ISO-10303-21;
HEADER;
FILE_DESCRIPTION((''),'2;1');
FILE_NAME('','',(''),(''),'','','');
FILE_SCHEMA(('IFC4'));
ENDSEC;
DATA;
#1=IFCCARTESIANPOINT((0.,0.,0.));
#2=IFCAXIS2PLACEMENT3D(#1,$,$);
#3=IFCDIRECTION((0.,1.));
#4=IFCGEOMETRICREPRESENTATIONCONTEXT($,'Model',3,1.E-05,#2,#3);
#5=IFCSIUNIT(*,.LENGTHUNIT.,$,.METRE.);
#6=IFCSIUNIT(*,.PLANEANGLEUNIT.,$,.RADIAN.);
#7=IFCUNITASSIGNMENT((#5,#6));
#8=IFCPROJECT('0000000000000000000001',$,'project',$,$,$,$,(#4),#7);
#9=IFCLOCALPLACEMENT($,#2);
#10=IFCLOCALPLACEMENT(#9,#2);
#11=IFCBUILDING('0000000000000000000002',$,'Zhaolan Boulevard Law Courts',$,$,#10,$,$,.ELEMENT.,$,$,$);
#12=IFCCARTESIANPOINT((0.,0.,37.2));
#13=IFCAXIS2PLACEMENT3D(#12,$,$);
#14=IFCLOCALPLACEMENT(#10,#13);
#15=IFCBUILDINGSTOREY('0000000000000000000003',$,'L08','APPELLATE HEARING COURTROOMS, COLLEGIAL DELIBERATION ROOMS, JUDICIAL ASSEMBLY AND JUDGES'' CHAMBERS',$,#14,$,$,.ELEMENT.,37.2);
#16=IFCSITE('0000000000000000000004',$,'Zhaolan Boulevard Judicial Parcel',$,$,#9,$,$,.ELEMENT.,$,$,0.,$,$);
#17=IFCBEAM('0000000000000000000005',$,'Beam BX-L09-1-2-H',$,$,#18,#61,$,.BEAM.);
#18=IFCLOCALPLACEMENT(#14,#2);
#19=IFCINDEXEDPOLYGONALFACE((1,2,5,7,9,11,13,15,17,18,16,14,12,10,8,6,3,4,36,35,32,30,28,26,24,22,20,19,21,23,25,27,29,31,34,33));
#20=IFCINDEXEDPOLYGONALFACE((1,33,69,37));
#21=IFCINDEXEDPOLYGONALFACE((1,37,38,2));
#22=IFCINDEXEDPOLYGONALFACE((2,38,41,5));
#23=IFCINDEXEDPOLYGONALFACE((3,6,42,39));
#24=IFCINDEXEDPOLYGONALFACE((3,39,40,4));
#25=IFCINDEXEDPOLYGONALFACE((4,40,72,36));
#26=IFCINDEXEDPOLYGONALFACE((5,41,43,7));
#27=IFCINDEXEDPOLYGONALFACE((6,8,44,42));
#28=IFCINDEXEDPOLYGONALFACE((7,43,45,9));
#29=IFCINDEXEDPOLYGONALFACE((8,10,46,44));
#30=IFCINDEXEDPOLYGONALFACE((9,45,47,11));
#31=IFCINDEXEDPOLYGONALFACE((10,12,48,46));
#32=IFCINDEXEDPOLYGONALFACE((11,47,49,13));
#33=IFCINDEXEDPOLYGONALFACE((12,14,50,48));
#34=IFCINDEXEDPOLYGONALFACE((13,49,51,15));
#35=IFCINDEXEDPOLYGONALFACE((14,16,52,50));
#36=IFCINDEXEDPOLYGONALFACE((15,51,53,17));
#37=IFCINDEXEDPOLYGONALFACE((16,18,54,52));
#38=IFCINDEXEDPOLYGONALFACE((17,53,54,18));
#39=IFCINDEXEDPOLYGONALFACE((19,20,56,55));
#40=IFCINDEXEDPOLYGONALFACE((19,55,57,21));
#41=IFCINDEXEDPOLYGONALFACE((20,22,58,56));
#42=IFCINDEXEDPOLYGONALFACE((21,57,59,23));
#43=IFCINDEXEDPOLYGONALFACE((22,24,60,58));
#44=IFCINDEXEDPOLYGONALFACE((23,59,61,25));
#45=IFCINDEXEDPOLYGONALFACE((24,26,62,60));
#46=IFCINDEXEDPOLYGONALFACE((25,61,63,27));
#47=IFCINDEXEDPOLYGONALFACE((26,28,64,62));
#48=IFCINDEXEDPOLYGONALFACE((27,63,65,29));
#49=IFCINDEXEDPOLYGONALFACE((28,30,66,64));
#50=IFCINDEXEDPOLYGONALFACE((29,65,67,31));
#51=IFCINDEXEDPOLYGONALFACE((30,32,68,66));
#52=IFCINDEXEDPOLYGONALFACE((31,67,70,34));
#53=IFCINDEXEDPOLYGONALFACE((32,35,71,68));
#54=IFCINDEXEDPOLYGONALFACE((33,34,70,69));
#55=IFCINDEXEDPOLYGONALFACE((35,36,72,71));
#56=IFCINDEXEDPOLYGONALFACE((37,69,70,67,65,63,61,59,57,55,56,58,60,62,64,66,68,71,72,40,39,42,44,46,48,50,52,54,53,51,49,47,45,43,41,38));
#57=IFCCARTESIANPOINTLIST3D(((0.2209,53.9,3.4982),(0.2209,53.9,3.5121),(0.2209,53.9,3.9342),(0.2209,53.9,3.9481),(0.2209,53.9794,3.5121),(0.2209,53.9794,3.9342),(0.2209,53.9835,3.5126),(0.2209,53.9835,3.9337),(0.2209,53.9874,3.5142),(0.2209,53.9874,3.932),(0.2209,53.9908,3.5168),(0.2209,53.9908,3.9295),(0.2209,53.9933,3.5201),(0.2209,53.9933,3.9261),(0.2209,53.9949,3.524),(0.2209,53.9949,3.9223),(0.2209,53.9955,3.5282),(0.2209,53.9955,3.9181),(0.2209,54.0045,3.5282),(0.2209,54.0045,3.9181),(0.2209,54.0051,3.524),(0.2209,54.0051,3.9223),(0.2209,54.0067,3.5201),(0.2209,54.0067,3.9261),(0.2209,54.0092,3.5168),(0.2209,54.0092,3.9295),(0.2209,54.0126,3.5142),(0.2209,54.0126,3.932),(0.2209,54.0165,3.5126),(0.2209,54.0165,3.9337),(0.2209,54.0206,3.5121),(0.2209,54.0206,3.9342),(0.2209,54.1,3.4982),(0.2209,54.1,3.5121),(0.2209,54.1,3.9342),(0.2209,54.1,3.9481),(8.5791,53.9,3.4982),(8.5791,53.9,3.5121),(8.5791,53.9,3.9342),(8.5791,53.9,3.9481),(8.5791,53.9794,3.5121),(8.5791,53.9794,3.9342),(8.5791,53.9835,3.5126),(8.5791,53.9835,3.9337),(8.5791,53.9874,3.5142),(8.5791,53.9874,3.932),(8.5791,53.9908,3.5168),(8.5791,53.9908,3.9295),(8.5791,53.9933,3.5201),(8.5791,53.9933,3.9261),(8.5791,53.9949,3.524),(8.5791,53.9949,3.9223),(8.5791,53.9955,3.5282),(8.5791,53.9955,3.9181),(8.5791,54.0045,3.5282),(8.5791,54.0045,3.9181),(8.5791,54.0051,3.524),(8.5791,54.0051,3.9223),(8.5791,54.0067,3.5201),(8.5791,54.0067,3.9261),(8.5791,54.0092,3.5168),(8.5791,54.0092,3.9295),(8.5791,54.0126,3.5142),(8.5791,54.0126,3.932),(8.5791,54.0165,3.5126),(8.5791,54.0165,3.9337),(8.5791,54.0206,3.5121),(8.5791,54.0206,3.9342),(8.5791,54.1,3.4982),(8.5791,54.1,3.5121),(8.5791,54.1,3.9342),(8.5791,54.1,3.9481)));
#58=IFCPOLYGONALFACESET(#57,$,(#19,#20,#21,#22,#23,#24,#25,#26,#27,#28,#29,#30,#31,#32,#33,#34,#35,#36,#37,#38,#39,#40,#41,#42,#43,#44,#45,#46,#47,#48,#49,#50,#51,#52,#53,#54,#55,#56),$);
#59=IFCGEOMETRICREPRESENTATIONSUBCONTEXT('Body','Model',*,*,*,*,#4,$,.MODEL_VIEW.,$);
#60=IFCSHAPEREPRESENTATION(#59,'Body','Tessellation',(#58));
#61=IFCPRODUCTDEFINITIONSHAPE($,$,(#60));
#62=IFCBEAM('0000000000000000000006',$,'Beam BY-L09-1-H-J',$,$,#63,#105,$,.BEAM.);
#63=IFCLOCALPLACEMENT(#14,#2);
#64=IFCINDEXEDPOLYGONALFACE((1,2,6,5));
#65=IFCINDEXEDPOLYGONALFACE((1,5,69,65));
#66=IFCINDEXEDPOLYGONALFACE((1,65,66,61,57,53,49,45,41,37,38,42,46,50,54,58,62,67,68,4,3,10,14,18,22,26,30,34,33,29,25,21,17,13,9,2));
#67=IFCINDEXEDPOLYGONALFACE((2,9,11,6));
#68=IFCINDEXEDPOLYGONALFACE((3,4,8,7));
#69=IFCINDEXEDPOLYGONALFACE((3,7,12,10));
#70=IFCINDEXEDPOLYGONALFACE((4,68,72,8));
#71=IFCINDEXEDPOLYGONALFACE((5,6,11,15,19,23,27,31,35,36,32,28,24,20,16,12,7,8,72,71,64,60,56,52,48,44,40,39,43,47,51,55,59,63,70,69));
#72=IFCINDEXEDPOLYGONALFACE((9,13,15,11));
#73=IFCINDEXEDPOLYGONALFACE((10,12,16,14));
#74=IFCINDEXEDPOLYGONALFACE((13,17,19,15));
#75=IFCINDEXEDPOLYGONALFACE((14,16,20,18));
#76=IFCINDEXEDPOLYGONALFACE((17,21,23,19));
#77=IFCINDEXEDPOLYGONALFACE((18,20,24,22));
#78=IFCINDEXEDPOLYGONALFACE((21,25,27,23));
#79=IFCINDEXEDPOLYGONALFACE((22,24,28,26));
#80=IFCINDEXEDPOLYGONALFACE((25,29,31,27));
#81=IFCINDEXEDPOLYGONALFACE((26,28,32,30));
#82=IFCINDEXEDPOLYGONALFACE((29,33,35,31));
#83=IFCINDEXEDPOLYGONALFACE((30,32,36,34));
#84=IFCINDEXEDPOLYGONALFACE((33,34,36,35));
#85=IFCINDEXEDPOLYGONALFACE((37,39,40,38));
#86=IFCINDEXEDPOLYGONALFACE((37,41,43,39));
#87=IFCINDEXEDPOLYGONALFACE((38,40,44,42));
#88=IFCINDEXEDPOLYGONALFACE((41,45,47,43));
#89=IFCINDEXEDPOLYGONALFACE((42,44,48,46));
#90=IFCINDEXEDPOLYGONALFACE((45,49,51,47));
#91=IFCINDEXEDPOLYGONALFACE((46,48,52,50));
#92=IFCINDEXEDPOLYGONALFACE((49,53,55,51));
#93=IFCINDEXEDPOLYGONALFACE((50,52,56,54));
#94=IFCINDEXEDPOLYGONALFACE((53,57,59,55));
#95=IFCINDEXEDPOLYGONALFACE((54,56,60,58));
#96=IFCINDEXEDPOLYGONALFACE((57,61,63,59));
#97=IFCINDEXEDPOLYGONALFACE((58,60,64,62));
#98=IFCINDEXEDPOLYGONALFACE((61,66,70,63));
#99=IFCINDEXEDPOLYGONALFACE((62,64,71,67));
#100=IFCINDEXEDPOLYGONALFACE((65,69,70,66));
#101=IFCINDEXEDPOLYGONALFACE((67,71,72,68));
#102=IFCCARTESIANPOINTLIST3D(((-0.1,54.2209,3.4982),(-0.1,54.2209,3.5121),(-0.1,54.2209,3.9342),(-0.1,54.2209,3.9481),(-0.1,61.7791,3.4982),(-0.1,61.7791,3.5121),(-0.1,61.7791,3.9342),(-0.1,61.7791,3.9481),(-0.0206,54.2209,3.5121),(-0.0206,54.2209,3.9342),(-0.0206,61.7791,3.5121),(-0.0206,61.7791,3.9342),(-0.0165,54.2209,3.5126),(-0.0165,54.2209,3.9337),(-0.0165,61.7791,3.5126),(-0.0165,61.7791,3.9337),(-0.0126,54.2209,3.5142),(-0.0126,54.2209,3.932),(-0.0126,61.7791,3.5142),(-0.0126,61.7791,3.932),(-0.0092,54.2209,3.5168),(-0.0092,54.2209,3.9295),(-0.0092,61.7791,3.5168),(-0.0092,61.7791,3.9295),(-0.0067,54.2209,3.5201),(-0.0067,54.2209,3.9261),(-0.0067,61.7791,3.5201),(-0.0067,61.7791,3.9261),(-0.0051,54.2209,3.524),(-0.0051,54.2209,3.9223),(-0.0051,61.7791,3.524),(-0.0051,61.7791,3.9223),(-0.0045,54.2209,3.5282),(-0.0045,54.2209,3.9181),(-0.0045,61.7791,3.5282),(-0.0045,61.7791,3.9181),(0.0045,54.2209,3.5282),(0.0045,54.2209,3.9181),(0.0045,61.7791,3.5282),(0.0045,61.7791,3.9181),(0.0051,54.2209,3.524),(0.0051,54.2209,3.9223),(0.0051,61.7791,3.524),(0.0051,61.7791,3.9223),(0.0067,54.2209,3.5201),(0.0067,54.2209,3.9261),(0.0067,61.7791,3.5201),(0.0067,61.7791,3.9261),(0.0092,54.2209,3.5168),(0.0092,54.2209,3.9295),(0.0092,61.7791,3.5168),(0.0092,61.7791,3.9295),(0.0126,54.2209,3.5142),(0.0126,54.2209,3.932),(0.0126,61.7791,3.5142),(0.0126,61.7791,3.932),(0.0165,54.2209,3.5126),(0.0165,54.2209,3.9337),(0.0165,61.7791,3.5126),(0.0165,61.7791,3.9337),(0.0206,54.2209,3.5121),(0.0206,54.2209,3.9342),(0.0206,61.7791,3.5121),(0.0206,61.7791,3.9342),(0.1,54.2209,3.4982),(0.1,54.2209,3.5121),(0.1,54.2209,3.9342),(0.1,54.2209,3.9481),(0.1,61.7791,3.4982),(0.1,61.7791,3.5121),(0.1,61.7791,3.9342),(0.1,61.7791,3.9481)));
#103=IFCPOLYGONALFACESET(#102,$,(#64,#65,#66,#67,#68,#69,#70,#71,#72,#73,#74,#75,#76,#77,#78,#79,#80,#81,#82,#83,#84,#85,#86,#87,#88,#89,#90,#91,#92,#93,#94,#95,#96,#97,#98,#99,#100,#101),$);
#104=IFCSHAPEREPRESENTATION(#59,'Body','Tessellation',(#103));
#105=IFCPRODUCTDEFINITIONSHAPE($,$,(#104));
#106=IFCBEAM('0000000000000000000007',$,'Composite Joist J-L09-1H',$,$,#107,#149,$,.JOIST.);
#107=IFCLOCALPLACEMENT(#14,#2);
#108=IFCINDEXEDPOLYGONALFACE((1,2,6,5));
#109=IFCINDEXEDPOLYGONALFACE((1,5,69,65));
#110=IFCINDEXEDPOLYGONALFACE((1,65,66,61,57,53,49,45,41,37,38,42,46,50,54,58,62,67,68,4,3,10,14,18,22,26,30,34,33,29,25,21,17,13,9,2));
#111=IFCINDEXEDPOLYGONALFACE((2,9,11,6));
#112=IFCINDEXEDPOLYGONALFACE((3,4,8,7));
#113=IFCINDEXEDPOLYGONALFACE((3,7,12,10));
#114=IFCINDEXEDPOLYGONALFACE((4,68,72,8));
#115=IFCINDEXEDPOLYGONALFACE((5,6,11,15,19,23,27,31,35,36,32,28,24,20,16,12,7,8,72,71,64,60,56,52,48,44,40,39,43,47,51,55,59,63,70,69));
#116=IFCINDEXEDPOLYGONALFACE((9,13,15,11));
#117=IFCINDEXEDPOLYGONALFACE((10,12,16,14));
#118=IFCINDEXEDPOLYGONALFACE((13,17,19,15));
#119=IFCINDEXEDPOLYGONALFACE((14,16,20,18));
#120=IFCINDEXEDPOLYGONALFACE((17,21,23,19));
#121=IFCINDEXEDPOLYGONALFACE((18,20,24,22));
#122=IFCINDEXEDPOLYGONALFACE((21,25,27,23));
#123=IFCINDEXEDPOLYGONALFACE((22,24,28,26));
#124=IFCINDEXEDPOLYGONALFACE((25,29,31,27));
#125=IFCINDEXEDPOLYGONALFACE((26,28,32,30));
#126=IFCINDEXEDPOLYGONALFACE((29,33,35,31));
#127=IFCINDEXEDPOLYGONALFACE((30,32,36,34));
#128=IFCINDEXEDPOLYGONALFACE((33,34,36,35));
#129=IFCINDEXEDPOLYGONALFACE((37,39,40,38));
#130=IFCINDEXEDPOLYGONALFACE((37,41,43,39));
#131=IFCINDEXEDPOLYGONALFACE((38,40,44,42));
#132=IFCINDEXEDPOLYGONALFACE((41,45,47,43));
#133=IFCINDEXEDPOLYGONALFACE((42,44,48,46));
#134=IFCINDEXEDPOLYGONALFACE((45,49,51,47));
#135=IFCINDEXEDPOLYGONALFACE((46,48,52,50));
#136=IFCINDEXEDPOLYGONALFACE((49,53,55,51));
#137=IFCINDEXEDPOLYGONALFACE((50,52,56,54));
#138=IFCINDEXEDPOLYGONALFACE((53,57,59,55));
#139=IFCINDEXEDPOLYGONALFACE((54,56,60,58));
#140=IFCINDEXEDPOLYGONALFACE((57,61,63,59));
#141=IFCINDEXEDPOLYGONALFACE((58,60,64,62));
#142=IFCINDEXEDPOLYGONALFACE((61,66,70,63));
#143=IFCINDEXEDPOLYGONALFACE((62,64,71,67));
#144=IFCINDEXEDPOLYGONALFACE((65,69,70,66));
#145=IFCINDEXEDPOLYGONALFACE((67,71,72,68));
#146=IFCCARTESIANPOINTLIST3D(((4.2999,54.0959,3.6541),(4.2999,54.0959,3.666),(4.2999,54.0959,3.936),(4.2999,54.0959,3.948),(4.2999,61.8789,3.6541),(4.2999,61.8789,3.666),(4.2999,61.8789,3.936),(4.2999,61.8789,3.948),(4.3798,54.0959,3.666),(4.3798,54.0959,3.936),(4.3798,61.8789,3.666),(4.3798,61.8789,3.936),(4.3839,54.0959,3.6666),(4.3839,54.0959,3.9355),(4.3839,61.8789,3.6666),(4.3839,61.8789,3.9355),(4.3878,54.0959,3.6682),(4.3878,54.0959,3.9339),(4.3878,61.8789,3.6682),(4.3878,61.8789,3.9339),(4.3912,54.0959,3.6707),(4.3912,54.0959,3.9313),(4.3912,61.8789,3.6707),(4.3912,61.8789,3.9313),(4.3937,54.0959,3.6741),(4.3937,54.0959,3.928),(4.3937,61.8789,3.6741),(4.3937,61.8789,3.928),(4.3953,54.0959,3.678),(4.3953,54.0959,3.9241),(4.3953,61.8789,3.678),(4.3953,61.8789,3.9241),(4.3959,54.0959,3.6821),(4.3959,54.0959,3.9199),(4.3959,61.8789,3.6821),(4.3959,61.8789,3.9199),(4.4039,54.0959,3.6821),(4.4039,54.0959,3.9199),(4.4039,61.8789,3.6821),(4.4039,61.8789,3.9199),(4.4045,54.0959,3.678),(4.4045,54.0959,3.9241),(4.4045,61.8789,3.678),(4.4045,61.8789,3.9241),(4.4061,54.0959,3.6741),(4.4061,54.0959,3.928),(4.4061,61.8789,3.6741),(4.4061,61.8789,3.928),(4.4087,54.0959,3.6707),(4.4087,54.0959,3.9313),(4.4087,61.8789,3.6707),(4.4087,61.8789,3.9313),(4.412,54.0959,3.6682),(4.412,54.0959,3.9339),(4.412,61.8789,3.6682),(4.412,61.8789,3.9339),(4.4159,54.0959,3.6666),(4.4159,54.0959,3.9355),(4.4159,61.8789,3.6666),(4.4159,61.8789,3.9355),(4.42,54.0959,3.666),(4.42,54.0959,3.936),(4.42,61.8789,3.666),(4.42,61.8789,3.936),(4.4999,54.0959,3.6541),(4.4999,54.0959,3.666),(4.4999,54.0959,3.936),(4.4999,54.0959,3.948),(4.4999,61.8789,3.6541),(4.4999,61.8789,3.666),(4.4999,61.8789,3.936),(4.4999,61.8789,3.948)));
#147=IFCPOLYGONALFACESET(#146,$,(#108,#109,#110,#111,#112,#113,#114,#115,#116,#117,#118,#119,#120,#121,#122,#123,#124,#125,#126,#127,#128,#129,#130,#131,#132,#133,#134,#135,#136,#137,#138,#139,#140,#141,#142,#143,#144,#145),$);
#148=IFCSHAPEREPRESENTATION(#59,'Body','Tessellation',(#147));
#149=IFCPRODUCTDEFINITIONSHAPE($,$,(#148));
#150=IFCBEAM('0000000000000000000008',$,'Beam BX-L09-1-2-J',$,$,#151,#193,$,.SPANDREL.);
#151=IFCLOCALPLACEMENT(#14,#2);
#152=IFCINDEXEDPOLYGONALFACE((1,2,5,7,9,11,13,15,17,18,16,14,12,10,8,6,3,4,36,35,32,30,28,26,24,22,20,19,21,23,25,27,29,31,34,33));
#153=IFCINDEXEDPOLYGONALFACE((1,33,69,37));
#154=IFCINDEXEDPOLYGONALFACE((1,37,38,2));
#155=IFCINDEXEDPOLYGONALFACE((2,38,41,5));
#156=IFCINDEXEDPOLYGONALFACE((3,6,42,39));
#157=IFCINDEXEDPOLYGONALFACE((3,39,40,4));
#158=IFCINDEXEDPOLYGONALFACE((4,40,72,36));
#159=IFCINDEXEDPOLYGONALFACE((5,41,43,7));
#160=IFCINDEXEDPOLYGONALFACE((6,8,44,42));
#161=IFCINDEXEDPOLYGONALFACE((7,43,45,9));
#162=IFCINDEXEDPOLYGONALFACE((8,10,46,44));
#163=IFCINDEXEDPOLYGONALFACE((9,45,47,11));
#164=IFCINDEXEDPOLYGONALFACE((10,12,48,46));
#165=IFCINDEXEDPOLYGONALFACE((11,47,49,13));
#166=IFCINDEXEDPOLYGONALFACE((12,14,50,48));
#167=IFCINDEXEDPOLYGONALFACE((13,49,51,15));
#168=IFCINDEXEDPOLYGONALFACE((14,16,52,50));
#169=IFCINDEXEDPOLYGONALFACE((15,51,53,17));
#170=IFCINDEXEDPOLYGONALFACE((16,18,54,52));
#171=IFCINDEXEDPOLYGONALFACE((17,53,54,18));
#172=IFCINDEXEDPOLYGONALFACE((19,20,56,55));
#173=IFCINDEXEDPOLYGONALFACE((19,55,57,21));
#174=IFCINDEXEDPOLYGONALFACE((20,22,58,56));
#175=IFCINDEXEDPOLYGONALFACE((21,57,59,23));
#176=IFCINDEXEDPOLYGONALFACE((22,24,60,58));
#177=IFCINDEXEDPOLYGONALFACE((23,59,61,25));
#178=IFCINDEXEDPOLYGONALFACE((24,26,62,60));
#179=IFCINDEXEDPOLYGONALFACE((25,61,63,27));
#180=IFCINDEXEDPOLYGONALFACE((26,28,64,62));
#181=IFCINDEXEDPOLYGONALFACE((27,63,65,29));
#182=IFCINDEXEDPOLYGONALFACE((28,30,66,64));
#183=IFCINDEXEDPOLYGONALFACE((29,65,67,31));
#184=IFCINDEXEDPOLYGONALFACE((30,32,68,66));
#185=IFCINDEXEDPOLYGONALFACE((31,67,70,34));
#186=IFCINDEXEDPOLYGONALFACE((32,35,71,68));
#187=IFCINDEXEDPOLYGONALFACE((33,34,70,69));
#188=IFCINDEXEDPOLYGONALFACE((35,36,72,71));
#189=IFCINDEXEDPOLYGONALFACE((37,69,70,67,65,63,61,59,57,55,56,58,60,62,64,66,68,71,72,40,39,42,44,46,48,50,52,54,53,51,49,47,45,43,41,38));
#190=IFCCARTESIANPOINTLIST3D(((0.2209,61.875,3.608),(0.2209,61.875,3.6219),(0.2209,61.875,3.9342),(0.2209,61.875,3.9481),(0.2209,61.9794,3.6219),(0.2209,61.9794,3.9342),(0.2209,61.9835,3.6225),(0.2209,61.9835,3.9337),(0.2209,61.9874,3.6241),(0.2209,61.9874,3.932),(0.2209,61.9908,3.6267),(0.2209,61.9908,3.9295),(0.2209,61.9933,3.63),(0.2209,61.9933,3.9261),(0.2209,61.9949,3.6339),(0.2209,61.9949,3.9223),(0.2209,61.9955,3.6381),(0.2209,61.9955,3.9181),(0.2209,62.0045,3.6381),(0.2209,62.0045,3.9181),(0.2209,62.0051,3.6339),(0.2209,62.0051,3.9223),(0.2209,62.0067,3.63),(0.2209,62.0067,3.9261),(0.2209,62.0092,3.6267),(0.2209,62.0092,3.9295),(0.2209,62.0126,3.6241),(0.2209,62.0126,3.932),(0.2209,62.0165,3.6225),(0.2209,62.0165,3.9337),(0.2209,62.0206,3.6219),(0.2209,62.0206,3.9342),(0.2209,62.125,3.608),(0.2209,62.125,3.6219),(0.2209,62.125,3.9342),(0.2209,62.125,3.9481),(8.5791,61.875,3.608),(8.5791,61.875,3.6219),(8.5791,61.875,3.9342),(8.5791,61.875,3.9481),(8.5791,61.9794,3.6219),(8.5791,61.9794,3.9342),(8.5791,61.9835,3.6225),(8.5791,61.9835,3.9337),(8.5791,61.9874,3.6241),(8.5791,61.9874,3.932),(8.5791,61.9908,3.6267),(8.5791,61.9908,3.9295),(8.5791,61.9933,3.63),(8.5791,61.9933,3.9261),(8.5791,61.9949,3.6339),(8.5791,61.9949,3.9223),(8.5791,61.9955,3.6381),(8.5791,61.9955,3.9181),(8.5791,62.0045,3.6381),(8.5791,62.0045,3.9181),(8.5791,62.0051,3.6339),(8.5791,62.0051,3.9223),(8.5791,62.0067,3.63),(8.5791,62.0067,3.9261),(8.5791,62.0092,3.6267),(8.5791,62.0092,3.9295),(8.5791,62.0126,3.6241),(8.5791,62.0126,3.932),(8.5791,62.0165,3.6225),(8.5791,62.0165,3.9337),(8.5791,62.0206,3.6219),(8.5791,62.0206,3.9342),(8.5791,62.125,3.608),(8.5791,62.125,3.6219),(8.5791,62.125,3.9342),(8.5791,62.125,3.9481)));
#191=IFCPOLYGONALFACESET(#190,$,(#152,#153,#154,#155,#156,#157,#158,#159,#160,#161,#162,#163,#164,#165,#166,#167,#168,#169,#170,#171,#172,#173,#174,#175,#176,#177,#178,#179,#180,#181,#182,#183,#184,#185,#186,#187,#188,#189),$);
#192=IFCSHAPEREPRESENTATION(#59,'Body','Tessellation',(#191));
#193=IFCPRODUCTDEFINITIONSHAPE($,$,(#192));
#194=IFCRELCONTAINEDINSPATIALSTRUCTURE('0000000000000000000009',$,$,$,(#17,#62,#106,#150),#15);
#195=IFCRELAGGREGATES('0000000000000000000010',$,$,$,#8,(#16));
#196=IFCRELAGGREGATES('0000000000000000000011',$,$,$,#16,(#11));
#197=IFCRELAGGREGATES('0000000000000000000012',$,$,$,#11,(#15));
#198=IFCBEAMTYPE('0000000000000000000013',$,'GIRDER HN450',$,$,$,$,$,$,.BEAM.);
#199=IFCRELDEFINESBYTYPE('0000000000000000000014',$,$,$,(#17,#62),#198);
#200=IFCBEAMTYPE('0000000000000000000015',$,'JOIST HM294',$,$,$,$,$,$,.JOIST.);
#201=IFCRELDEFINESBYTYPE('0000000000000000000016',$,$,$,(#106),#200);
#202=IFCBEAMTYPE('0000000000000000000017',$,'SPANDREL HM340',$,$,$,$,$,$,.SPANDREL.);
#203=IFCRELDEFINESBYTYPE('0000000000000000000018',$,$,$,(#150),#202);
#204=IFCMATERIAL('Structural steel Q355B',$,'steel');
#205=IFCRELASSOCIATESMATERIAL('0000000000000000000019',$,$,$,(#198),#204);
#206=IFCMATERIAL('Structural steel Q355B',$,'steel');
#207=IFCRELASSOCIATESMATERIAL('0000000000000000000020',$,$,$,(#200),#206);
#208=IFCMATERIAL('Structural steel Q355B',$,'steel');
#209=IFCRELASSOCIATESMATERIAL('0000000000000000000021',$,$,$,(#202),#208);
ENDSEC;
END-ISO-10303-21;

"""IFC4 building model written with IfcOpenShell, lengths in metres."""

from ifc_helpers import new_model, si_unit, direction, frame, origin, origin_2d, place, context, subcontext, project, spatial, i_section, extrude, material, material_profile, profile_set, type_object, element, save


model = new_model("IFC4")

# Units and contexts
model_context = context("Model", 3, precision=1e-05, world=origin(), true_north=direction((0.0, 1.0)))
body_context = subcontext(model_context, "Body", "Model", "MODEL_VIEW")
ifc_project = project(units=[si_unit("LENGTHUNIT", "METRE"), si_unit("PLANEANGLEUNIT", "RADIAN")], contexts=[model_context])

# Site, building, storey
site_placement = place(None, origin())
site = spatial("IfcSite", under=ifc_project, at=site_placement, Name="Zhaolan Boulevard Judicial Parcel", CompositionType="ELEMENT", RefElevation=0.0)
building_placement = place(site_placement, origin())
building = spatial("IfcBuilding", under=site, at=building_placement, Name="Zhaolan Boulevard Law Courts", CompositionType="ELEMENT")
storey_placement = place(building_placement, frame((0.0, 0.0, 37.2)))
storey = spatial("IfcBuildingStorey", under=building, at=storey_placement, Name="L08", Description="APPELLATE HEARING COURTROOMS, COLLEGIAL DELIBERATION ROOMS, JUDICIAL ASSEMBLY AND JUDGES' CHAMBERS", CompositionType="ELEMENT", Elevation=37.2)

# Beams
ifc_material_1 = material(Name="Structural steel Q355B", Category="steel")
ifc_material_profile_1 = material_profile(ifc_material_1, i_section(OverallWidth=0.2, OverallDepth=0.45, WebThickness=0.009, FlangeThickness=0.0139, FilletRadius=0.0161, at=origin_2d()), Name="HN450x200")
ifc_profile_set_1 = profile_set([ifc_material_profile_1], Name="Structural steel Q355B")
beam_type_1 = type_object("IfcBeamType", Name="GIRDER HN450", PredefinedType="BEAM", material=ifc_profile_set_1)
beam_1_placement = place(storey_placement, frame((0.2209, 54.0, 3.7231), z_axis=(1.0, 0.0, 0.0), x_axis=(0.0, 1.0, 0.0)))
element("IfcBeam", 1, at=beam_1_placement, inside=storey, type_object=beam_type_1, Name="Beam BX-L09-1-2-H", PredefinedType="BEAM", context=body_context, shape_type="SweptSolid", body=[
    extrude(i_section(OverallWidth=0.2, OverallDepth=0.45, WebThickness=0.009, FlangeThickness=0.0139, FilletRadius=0.0161, at=origin_2d()), origin(), (0.0, 0.0, 1.0), 8.3582),
])
beam_2_placement = place(storey_placement, frame((0.0, 54.2209, 3.7231), z_axis=(0.0, 1.0, 0.0), x_axis=(-1.0, 0.0, 0.0)))
element("IfcBeam", 2, at=beam_2_placement, inside=storey, type_object=beam_type_1, Name="Beam BY-L09-1-H-J", PredefinedType="BEAM", context=body_context, shape_type="SweptSolid", body=[
    extrude(i_section(OverallWidth=0.2, OverallDepth=0.45, WebThickness=0.009, FlangeThickness=0.0139, FilletRadius=0.0161, at=origin_2d()), origin(), (0.0, 0.0, 1.0), 7.5581),
])
ifc_material_2 = material(Name="Structural steel Q355B", Category="steel")
ifc_material_profile_2 = material_profile(ifc_material_2, i_section(OverallWidth=0.2, OverallDepth=0.2939, WebThickness=0.0081, FlangeThickness=0.012, FilletRadius=0.0161, at=origin_2d()), Name="HM294x200")
ifc_profile_set_2 = profile_set([ifc_material_profile_2], Name="Structural steel Q355B")
beam_type_2 = type_object("IfcBeamType", Name="JOIST HM294", PredefinedType="JOIST", material=ifc_profile_set_2)
beam_3_placement = place(storey_placement, frame((4.3999, 54.0959, 3.801), z_axis=(0.0, 1.0, 0.0), x_axis=(-1.0, 0.0, 0.0)))
element("IfcBeam", 3, at=beam_3_placement, inside=storey, type_object=beam_type_2, Name="Composite Joist J-L09-1H", PredefinedType="JOIST", context=body_context, shape_type="SweptSolid", body=[
    extrude(i_section(OverallWidth=0.2, OverallDepth=0.2939, WebThickness=0.0081, FlangeThickness=0.012, FilletRadius=0.0161, at=origin_2d()), origin(), (0.0, 0.0, 1.0), 7.783),
])
ifc_material_3 = material(Name="Structural steel Q355B", Category="steel")
ifc_material_profile_3 = material_profile(ifc_material_3, i_section(OverallWidth=0.25, OverallDepth=0.3401, WebThickness=0.009, FlangeThickness=0.0139, FilletRadius=0.0161, at=origin_2d()), Name="HM340x250")
ifc_profile_set_3 = profile_set([ifc_material_profile_3], Name="Structural steel Q355B")
beam_type_3 = type_object("IfcBeamType", Name="SPANDREL HM340", PredefinedType="SPANDREL", material=ifc_profile_set_3)
beam_4_placement = place(storey_placement, frame((0.2209, 62.0, 3.7781), z_axis=(1.0, 0.0, 0.0), x_axis=(0.0, 1.0, 0.0)))
element("IfcBeam", 4, at=beam_4_placement, inside=storey, type_object=beam_type_3, Name="Beam BX-L09-1-2-J", PredefinedType="SPANDREL", context=body_context, shape_type="SweptSolid", body=[
    extrude(i_section(OverallWidth=0.25, OverallDepth=0.3401, WebThickness=0.009, FlangeThickness=0.0139, FilletRadius=0.0161, at=origin_2d()), origin(), (0.0, 0.0, 1.0), 8.3582),
])

save(model, "model.ifc")
